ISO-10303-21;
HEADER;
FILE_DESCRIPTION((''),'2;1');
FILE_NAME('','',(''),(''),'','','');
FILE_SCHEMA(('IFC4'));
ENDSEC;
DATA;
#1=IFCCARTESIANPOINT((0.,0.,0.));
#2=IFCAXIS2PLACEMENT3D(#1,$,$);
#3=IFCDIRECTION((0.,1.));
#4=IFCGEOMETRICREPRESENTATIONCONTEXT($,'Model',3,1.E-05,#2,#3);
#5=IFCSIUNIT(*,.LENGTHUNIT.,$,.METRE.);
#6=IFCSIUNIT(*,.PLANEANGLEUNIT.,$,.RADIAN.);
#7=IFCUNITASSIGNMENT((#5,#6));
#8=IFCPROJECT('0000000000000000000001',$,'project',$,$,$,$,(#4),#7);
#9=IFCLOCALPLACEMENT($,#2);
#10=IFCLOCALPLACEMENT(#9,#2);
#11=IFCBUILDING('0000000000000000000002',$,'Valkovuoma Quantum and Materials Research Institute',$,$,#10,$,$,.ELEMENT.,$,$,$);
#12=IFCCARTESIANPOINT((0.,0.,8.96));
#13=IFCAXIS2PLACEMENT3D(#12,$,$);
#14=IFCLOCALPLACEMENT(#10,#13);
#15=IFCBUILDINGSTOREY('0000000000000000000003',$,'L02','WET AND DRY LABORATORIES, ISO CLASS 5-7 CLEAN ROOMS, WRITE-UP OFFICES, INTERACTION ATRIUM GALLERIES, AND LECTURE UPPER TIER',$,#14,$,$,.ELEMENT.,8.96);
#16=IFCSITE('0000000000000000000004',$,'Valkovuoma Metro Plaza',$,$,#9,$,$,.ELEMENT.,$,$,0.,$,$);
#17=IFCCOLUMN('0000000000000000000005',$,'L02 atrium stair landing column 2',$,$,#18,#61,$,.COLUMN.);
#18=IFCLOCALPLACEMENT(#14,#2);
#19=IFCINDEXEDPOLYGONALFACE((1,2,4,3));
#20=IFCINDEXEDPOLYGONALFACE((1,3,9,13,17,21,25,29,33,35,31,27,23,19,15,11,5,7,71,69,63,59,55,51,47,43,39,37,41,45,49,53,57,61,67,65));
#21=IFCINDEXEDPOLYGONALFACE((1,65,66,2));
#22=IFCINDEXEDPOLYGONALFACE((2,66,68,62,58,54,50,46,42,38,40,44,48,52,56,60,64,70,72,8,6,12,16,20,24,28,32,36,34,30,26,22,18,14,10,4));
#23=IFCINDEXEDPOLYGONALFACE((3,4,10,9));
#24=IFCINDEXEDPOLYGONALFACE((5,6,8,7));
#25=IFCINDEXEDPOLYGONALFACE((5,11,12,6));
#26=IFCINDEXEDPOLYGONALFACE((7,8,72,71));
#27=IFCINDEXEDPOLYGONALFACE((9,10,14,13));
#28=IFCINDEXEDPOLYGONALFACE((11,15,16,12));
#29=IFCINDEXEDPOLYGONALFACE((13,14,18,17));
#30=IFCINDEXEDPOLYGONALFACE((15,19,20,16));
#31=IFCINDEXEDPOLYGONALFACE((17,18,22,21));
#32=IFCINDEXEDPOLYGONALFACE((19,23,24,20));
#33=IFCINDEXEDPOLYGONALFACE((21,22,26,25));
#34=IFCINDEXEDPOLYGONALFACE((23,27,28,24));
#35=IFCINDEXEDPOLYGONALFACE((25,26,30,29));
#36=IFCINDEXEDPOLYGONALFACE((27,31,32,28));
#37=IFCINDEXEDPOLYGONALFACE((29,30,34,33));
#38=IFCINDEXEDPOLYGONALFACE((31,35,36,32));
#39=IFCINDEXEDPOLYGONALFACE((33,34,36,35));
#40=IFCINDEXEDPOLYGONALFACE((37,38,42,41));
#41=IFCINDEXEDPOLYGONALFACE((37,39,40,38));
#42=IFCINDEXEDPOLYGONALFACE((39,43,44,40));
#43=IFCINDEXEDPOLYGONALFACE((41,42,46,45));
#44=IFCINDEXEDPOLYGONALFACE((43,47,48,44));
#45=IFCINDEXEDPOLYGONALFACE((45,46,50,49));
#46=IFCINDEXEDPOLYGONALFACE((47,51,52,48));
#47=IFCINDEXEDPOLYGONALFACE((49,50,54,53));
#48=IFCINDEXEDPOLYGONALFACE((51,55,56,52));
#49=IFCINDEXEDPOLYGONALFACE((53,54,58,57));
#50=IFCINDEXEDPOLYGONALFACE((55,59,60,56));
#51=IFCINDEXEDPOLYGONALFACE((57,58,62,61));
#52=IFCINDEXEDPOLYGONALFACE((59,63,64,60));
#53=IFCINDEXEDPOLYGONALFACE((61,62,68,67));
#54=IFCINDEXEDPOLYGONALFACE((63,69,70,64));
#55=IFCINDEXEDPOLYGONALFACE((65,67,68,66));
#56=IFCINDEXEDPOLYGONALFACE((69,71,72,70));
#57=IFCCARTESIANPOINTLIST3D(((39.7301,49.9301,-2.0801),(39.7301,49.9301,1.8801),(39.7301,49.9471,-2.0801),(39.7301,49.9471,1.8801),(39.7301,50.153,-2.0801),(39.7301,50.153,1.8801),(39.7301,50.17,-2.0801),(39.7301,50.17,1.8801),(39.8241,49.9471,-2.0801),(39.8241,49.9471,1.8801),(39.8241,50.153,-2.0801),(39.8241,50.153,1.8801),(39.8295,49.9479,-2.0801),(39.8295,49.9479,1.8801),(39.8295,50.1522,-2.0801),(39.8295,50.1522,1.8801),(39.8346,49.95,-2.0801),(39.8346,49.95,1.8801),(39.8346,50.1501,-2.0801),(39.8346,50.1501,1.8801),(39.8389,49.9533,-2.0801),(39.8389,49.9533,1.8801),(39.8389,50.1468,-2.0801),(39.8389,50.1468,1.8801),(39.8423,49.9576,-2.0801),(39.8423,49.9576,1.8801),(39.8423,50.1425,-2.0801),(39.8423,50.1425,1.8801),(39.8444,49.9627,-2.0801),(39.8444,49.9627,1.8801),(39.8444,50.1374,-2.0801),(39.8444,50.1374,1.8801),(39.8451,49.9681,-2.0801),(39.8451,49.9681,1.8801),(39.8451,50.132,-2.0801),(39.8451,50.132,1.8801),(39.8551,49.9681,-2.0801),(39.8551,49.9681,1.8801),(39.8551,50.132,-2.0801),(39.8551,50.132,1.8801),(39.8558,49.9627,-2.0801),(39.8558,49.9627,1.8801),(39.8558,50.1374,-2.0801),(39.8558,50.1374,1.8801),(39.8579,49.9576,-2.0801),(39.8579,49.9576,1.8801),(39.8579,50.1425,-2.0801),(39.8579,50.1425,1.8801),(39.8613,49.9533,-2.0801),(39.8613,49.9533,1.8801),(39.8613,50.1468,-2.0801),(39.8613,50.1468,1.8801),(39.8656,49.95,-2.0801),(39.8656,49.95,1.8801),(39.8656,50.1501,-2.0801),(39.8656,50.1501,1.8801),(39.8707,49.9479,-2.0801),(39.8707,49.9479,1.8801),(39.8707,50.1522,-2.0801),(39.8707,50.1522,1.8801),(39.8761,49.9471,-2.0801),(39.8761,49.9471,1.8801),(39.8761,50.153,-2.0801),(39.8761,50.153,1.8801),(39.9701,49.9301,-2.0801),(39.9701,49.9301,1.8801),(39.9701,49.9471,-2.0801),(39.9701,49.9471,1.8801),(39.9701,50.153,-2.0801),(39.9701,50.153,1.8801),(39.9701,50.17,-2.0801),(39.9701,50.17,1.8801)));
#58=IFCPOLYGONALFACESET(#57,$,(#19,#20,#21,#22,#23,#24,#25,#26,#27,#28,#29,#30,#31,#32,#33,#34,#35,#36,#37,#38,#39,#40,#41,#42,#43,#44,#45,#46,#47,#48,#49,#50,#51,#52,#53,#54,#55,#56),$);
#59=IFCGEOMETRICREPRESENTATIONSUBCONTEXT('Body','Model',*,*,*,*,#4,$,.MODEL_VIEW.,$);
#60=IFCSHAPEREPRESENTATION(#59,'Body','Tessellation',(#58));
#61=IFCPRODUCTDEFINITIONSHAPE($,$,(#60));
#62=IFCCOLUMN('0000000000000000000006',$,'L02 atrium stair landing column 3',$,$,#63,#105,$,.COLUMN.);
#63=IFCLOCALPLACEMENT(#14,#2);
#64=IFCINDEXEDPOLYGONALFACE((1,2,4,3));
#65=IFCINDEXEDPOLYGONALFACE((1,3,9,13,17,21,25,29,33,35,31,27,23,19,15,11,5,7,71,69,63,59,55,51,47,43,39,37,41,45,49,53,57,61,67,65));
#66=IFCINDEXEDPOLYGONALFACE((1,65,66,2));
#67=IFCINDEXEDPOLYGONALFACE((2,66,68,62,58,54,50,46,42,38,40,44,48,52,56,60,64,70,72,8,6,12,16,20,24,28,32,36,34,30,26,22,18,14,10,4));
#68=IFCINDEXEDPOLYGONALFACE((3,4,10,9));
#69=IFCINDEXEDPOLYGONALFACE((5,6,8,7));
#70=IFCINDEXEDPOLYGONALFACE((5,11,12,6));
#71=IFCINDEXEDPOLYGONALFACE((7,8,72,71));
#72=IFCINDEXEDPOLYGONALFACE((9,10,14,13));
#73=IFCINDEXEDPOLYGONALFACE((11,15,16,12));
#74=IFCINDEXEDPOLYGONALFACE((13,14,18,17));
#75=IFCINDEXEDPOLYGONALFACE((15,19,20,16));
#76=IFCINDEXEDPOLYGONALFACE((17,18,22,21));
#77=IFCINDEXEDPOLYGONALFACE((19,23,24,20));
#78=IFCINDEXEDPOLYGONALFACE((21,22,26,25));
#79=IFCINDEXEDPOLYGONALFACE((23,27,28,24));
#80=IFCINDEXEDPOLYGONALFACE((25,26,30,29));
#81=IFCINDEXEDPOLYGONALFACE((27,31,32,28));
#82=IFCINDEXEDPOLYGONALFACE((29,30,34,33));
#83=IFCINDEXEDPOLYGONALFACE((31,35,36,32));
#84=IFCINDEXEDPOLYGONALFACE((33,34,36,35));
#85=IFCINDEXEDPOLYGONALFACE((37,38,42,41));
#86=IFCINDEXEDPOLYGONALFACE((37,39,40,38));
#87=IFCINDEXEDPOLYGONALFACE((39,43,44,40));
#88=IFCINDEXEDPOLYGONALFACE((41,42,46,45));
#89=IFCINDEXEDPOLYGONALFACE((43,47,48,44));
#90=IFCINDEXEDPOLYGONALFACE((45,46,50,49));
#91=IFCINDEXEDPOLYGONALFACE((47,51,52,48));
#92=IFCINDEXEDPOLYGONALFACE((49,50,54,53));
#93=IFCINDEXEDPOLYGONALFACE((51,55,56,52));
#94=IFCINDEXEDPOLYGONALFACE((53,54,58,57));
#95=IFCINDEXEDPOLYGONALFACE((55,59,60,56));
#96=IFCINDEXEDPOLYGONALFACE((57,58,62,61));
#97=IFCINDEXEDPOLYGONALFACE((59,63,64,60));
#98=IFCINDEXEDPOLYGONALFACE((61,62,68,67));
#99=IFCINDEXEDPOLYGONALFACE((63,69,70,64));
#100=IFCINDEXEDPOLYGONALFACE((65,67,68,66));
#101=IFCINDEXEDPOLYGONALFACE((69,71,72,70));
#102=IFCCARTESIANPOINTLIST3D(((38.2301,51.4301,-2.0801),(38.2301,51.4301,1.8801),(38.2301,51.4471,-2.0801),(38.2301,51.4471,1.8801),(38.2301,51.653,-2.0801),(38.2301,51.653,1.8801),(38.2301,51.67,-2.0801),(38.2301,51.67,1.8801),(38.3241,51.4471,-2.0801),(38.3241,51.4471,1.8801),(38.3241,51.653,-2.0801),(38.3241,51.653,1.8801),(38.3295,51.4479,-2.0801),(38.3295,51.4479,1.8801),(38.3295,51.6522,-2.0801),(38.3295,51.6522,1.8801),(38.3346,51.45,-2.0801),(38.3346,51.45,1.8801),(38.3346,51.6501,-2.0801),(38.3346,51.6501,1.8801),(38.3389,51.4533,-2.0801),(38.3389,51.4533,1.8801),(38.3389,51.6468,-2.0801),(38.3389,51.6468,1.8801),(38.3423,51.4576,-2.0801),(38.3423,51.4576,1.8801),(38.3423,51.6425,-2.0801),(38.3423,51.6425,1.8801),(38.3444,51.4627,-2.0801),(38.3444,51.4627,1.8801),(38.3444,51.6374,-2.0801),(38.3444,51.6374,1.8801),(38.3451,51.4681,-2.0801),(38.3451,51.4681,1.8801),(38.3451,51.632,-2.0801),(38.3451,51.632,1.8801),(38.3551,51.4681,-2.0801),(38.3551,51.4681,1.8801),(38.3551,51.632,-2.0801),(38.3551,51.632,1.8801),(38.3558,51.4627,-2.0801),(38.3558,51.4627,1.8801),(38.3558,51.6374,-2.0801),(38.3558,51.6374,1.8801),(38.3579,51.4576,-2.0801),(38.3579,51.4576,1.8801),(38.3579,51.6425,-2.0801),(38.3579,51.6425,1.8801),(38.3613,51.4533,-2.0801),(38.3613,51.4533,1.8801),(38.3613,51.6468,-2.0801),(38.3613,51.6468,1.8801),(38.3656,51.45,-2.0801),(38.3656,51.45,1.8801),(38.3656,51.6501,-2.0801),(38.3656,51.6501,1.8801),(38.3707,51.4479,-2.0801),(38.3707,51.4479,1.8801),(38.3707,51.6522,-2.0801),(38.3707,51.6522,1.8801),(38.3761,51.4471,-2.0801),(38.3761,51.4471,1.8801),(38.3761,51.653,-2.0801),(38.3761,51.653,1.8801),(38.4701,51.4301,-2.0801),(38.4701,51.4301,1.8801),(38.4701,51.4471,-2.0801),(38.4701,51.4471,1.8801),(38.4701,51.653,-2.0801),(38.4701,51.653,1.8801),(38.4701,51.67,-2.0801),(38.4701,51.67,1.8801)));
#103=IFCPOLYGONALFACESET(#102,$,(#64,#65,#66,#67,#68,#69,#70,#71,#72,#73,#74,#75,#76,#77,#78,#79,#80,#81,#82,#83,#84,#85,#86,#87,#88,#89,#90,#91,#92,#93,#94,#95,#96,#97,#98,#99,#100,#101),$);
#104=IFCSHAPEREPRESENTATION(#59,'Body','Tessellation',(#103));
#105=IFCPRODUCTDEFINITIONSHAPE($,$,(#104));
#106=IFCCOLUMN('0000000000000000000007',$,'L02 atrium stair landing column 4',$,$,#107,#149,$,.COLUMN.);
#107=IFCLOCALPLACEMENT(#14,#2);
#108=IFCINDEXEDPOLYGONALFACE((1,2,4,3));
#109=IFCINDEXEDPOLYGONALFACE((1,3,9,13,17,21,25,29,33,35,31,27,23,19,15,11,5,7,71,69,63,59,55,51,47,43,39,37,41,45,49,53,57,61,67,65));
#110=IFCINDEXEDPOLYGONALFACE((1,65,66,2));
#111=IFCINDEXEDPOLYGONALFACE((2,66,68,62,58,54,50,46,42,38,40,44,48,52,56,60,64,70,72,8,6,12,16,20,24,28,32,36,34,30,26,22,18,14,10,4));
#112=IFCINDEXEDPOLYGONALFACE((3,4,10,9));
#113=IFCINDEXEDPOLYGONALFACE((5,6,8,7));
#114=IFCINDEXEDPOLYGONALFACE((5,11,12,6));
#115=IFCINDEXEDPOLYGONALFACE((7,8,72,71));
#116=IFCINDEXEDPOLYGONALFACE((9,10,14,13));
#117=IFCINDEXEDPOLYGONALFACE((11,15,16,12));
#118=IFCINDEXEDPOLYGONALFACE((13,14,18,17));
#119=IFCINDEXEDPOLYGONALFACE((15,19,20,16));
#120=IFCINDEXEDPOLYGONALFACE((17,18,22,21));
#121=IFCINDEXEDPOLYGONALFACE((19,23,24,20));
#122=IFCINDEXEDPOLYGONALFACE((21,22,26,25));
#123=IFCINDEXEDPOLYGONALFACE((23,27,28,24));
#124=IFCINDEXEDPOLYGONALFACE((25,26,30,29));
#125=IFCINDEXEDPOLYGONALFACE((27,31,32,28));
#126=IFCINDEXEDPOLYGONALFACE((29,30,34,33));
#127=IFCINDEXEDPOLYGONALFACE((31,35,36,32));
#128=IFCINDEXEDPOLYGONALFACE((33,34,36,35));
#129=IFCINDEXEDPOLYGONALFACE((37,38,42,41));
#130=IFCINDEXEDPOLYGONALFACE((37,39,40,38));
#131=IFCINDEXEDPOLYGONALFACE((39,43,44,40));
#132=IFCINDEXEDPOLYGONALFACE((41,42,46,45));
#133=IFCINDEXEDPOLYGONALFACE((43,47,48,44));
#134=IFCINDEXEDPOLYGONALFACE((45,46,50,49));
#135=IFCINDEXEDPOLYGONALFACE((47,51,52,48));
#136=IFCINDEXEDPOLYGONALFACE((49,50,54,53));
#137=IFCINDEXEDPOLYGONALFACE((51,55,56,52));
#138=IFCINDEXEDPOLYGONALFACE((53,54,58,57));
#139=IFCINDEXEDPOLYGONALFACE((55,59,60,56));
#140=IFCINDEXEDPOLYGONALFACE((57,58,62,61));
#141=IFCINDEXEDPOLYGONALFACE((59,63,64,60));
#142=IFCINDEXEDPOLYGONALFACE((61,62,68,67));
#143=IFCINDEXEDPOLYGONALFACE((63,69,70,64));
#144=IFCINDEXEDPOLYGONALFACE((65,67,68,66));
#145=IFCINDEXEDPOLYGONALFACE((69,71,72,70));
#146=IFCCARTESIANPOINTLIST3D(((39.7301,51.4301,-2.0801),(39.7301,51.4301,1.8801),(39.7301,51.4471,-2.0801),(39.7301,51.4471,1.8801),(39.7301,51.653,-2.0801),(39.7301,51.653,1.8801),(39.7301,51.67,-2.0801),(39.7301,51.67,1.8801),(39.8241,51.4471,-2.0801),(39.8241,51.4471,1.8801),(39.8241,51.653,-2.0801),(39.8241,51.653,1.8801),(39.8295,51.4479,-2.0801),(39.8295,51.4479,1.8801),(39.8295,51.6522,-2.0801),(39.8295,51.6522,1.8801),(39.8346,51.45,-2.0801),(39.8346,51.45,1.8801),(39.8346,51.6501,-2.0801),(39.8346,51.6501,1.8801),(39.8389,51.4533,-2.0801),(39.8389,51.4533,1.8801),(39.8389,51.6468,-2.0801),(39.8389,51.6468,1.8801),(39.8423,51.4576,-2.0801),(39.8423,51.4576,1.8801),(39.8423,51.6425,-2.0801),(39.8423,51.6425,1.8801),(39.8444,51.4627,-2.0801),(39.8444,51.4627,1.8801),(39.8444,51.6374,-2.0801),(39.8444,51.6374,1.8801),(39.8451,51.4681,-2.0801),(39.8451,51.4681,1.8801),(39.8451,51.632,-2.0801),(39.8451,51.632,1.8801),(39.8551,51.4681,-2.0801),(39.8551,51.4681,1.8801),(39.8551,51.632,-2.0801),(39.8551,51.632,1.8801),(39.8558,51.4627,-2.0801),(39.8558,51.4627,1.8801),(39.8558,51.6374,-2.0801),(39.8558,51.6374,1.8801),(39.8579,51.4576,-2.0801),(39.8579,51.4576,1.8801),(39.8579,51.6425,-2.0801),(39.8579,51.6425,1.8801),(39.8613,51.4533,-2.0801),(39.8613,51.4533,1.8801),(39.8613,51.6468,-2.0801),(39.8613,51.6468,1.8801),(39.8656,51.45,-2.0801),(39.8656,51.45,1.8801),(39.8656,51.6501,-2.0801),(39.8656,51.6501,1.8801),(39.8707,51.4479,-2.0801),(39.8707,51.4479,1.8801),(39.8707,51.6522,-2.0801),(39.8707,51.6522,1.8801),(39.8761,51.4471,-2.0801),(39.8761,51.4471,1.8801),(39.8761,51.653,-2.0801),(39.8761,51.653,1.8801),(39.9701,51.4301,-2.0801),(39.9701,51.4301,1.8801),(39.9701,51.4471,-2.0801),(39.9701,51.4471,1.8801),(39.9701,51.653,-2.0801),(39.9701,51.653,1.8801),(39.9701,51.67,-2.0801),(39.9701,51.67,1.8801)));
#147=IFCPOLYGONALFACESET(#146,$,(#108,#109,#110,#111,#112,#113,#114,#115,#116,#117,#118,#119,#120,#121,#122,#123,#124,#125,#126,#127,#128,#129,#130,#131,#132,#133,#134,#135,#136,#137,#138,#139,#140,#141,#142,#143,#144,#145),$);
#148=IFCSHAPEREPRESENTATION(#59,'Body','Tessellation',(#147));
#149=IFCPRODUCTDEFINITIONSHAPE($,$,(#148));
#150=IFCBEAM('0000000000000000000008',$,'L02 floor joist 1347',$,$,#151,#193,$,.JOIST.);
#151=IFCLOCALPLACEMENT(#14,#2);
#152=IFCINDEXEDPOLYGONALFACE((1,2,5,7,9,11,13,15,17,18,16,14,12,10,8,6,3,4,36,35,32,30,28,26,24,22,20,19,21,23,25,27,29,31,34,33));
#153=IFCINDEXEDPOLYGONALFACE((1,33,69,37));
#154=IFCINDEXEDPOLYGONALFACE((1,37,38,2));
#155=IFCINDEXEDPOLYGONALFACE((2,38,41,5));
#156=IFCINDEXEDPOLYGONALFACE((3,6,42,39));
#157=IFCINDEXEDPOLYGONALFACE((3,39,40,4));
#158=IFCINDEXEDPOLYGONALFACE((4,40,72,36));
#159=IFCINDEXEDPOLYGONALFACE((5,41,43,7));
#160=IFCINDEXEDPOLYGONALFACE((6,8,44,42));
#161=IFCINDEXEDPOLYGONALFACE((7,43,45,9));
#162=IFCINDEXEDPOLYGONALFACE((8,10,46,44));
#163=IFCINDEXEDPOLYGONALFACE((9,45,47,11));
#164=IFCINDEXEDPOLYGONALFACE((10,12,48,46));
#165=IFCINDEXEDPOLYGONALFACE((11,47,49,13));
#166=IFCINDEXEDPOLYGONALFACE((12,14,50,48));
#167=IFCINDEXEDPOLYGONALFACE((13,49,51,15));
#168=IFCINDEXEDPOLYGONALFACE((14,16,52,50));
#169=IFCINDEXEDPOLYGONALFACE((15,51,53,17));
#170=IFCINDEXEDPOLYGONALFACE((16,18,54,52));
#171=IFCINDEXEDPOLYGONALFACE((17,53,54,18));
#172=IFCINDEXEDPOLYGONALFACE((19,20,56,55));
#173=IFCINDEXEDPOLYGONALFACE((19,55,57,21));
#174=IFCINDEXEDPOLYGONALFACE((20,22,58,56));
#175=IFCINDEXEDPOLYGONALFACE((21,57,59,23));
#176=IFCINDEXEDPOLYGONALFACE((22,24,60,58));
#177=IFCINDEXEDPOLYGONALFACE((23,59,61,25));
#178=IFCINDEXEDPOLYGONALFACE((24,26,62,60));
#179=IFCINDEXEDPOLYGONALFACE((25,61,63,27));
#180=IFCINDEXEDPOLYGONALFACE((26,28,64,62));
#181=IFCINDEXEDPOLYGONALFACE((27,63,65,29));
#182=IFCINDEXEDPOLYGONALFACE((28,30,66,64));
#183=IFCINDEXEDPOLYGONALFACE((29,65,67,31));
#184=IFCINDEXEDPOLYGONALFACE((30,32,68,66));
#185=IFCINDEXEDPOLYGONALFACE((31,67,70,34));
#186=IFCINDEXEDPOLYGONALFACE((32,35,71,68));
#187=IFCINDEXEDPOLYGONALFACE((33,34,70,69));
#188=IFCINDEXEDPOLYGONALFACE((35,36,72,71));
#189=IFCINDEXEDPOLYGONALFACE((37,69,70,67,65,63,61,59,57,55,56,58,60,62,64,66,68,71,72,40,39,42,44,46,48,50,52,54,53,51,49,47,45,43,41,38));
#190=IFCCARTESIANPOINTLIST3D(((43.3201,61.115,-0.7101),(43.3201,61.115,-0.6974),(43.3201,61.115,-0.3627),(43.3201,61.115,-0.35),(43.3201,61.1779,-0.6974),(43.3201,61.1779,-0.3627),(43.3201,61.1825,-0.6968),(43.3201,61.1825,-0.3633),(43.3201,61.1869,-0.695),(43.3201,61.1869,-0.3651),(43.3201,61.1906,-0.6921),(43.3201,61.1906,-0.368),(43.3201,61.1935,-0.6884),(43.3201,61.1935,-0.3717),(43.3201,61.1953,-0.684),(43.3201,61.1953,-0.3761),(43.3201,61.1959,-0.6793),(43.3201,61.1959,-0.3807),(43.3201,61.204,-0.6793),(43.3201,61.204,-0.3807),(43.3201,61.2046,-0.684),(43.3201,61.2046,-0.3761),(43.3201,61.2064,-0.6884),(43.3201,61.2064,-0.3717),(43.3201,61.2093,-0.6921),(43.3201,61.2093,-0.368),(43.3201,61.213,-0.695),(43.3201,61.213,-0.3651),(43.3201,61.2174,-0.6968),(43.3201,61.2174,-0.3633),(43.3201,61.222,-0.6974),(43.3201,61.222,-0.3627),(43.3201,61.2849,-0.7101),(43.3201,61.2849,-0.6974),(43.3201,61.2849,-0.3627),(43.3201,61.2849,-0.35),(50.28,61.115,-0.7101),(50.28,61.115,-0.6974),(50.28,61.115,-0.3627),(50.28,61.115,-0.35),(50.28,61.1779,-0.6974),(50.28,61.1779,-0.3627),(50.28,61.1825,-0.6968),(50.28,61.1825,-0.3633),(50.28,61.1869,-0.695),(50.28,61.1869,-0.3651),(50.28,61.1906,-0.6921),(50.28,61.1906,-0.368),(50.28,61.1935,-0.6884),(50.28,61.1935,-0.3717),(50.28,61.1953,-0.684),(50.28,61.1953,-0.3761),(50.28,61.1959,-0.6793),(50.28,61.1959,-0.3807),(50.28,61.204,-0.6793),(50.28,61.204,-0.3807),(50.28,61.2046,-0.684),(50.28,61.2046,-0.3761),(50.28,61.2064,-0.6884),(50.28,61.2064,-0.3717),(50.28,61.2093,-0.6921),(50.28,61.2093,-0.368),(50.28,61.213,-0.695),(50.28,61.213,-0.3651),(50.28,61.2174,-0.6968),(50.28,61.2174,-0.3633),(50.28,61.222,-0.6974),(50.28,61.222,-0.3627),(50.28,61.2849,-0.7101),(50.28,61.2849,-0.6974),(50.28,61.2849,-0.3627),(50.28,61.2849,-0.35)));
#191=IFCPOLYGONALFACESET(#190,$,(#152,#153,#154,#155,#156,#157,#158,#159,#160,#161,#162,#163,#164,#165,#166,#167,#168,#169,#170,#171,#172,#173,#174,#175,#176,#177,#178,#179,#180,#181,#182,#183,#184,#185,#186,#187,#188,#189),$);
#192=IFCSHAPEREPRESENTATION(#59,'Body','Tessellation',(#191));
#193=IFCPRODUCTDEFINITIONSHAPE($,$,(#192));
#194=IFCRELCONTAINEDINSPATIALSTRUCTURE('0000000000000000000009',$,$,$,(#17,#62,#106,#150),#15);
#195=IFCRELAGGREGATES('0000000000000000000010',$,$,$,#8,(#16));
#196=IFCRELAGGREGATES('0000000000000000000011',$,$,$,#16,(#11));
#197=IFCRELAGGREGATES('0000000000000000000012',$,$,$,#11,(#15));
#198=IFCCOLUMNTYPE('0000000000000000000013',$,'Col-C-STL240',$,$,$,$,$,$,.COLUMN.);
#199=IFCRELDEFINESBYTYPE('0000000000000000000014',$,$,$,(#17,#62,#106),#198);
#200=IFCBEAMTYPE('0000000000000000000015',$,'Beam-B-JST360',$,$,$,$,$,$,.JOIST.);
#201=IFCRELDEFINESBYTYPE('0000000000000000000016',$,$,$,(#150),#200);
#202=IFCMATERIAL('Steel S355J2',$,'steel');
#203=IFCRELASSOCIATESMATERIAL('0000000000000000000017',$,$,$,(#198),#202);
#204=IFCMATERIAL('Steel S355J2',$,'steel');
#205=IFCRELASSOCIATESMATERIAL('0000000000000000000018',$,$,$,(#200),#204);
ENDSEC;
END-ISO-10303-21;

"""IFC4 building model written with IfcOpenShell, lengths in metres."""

from ifc_helpers import new_model, si_unit, direction, frame, origin, origin_2d, place, context, subcontext, project, spatial, i_section, extrude, material, material_profile, profile_set, type_object, element, save


model = new_model("IFC4")

# Units and contexts
model_context = context("Model", 3, precision=1e-05, world=origin(), true_north=direction((0.0, 1.0)))
body_context = subcontext(model_context, "Body", "Model", "MODEL_VIEW")
ifc_project = project(units=[si_unit("LENGTHUNIT", "METRE"), si_unit("PLANEANGLEUNIT", "RADIAN")], contexts=[model_context])

# Site, building, storey
site_placement = place(None, origin())
site = spatial("IfcSite", under=ifc_project, at=site_placement, Name="Valkovuoma Metro Plaza", CompositionType="ELEMENT", RefElevation=0.0)
building_placement = place(site_placement, origin())
building = spatial("IfcBuilding", under=site, at=building_placement, Name="Valkovuoma Quantum and Materials Research Institute", CompositionType="ELEMENT")
storey_placement = place(building_placement, frame((0.0, 0.0, 8.96)))
storey = spatial("IfcBuildingStorey", under=building, at=storey_placement, Name="L02", Description="WET AND DRY LABORATORIES, ISO CLASS 5-7 CLEAN ROOMS, WRITE-UP OFFICES, INTERACTION ATRIUM GALLERIES, AND LECTURE UPPER TIER", CompositionType="ELEMENT", Elevation=8.96)

# Columns
ifc_material_1 = material(Name="Steel S355J2", Category="steel")
ifc_material_profile_1 = material_profile(ifc_material_1, i_section(OverallWidth=0.24, OverallDepth=0.24, WebThickness=0.01, FlangeThickness=0.0171, FilletRadius=0.021, at=origin_2d()), Name="Steel S355J2")
ifc_profile_set_1 = profile_set([ifc_material_profile_1], Name="Steel S355J2")
column_type_1 = type_object("IfcColumnType", Name="Col-C-STL240", PredefinedType="COLUMN", material=ifc_profile_set_1)
for number, where, z_axis, x_axis, name in (
    (1, (39.8501, 50.05, -2.0801), (0.0, 0.0, 1.0), (1.0, 0.0, 0.0), "L02 atrium stair landing column 2"),
    (2, (38.3501, 51.55, -2.0801), (0.0, 0.0, 1.0), (1.0, 0.0, 0.0), "L02 atrium stair landing column 3"),
    (3, (39.8501, 51.55, -2.0801), (0.0, 0.0, 1.0), (1.0, 0.0, 0.0), "L02 atrium stair landing column 4"),
):
    element("IfcColumn", number, at=place(storey_placement, frame(where, z_axis=z_axis, x_axis=x_axis)), inside=storey, type_object=column_type_1, Name=name, PredefinedType="COLUMN", context=body_context, shape_type="SweptSolid", body=[
        extrude(i_section(OverallWidth=0.24, OverallDepth=0.24, WebThickness=0.01, FlangeThickness=0.0171, FilletRadius=0.021, at=origin_2d()), origin(), (0.0, 0.0, 1.0), 3.9602),
    ])

# Beam
ifc_material_2 = material(Name="Steel S355J2", Category="steel")
ifc_material_profile_2 = material_profile(ifc_material_2, i_section(OverallWidth=0.1699, OverallDepth=0.3601, WebThickness=0.0081, FlangeThickness=0.0127, FilletRadius=0.0181, at=origin_2d()), Name="Steel S355J2")
ifc_profile_set_2 = profile_set([ifc_material_profile_2], Name="Steel S355J2")
beam_type_1 = type_object("IfcBeamType", Name="Beam-B-JST360", PredefinedType="JOIST", material=ifc_profile_set_2)
beam_1_placement = place(storey_placement, frame((43.3201, 61.2, -0.53), z_axis=(1.0, 0.0, 0.0), x_axis=(0.0, 1.0, 0.0)))
element("IfcBeam", 4, at=beam_1_placement, inside=storey, type_object=beam_type_1, Name="L02 floor joist 1347", PredefinedType="JOIST", context=body_context, shape_type="SweptSolid", body=[
    extrude(i_section(OverallWidth=0.1699, OverallDepth=0.3601, WebThickness=0.0081, FlangeThickness=0.0127, FilletRadius=0.0181, at=origin_2d()), origin(), (0.0, 0.0, 1.0), 6.96),
])

save(model, "model.ifc")
